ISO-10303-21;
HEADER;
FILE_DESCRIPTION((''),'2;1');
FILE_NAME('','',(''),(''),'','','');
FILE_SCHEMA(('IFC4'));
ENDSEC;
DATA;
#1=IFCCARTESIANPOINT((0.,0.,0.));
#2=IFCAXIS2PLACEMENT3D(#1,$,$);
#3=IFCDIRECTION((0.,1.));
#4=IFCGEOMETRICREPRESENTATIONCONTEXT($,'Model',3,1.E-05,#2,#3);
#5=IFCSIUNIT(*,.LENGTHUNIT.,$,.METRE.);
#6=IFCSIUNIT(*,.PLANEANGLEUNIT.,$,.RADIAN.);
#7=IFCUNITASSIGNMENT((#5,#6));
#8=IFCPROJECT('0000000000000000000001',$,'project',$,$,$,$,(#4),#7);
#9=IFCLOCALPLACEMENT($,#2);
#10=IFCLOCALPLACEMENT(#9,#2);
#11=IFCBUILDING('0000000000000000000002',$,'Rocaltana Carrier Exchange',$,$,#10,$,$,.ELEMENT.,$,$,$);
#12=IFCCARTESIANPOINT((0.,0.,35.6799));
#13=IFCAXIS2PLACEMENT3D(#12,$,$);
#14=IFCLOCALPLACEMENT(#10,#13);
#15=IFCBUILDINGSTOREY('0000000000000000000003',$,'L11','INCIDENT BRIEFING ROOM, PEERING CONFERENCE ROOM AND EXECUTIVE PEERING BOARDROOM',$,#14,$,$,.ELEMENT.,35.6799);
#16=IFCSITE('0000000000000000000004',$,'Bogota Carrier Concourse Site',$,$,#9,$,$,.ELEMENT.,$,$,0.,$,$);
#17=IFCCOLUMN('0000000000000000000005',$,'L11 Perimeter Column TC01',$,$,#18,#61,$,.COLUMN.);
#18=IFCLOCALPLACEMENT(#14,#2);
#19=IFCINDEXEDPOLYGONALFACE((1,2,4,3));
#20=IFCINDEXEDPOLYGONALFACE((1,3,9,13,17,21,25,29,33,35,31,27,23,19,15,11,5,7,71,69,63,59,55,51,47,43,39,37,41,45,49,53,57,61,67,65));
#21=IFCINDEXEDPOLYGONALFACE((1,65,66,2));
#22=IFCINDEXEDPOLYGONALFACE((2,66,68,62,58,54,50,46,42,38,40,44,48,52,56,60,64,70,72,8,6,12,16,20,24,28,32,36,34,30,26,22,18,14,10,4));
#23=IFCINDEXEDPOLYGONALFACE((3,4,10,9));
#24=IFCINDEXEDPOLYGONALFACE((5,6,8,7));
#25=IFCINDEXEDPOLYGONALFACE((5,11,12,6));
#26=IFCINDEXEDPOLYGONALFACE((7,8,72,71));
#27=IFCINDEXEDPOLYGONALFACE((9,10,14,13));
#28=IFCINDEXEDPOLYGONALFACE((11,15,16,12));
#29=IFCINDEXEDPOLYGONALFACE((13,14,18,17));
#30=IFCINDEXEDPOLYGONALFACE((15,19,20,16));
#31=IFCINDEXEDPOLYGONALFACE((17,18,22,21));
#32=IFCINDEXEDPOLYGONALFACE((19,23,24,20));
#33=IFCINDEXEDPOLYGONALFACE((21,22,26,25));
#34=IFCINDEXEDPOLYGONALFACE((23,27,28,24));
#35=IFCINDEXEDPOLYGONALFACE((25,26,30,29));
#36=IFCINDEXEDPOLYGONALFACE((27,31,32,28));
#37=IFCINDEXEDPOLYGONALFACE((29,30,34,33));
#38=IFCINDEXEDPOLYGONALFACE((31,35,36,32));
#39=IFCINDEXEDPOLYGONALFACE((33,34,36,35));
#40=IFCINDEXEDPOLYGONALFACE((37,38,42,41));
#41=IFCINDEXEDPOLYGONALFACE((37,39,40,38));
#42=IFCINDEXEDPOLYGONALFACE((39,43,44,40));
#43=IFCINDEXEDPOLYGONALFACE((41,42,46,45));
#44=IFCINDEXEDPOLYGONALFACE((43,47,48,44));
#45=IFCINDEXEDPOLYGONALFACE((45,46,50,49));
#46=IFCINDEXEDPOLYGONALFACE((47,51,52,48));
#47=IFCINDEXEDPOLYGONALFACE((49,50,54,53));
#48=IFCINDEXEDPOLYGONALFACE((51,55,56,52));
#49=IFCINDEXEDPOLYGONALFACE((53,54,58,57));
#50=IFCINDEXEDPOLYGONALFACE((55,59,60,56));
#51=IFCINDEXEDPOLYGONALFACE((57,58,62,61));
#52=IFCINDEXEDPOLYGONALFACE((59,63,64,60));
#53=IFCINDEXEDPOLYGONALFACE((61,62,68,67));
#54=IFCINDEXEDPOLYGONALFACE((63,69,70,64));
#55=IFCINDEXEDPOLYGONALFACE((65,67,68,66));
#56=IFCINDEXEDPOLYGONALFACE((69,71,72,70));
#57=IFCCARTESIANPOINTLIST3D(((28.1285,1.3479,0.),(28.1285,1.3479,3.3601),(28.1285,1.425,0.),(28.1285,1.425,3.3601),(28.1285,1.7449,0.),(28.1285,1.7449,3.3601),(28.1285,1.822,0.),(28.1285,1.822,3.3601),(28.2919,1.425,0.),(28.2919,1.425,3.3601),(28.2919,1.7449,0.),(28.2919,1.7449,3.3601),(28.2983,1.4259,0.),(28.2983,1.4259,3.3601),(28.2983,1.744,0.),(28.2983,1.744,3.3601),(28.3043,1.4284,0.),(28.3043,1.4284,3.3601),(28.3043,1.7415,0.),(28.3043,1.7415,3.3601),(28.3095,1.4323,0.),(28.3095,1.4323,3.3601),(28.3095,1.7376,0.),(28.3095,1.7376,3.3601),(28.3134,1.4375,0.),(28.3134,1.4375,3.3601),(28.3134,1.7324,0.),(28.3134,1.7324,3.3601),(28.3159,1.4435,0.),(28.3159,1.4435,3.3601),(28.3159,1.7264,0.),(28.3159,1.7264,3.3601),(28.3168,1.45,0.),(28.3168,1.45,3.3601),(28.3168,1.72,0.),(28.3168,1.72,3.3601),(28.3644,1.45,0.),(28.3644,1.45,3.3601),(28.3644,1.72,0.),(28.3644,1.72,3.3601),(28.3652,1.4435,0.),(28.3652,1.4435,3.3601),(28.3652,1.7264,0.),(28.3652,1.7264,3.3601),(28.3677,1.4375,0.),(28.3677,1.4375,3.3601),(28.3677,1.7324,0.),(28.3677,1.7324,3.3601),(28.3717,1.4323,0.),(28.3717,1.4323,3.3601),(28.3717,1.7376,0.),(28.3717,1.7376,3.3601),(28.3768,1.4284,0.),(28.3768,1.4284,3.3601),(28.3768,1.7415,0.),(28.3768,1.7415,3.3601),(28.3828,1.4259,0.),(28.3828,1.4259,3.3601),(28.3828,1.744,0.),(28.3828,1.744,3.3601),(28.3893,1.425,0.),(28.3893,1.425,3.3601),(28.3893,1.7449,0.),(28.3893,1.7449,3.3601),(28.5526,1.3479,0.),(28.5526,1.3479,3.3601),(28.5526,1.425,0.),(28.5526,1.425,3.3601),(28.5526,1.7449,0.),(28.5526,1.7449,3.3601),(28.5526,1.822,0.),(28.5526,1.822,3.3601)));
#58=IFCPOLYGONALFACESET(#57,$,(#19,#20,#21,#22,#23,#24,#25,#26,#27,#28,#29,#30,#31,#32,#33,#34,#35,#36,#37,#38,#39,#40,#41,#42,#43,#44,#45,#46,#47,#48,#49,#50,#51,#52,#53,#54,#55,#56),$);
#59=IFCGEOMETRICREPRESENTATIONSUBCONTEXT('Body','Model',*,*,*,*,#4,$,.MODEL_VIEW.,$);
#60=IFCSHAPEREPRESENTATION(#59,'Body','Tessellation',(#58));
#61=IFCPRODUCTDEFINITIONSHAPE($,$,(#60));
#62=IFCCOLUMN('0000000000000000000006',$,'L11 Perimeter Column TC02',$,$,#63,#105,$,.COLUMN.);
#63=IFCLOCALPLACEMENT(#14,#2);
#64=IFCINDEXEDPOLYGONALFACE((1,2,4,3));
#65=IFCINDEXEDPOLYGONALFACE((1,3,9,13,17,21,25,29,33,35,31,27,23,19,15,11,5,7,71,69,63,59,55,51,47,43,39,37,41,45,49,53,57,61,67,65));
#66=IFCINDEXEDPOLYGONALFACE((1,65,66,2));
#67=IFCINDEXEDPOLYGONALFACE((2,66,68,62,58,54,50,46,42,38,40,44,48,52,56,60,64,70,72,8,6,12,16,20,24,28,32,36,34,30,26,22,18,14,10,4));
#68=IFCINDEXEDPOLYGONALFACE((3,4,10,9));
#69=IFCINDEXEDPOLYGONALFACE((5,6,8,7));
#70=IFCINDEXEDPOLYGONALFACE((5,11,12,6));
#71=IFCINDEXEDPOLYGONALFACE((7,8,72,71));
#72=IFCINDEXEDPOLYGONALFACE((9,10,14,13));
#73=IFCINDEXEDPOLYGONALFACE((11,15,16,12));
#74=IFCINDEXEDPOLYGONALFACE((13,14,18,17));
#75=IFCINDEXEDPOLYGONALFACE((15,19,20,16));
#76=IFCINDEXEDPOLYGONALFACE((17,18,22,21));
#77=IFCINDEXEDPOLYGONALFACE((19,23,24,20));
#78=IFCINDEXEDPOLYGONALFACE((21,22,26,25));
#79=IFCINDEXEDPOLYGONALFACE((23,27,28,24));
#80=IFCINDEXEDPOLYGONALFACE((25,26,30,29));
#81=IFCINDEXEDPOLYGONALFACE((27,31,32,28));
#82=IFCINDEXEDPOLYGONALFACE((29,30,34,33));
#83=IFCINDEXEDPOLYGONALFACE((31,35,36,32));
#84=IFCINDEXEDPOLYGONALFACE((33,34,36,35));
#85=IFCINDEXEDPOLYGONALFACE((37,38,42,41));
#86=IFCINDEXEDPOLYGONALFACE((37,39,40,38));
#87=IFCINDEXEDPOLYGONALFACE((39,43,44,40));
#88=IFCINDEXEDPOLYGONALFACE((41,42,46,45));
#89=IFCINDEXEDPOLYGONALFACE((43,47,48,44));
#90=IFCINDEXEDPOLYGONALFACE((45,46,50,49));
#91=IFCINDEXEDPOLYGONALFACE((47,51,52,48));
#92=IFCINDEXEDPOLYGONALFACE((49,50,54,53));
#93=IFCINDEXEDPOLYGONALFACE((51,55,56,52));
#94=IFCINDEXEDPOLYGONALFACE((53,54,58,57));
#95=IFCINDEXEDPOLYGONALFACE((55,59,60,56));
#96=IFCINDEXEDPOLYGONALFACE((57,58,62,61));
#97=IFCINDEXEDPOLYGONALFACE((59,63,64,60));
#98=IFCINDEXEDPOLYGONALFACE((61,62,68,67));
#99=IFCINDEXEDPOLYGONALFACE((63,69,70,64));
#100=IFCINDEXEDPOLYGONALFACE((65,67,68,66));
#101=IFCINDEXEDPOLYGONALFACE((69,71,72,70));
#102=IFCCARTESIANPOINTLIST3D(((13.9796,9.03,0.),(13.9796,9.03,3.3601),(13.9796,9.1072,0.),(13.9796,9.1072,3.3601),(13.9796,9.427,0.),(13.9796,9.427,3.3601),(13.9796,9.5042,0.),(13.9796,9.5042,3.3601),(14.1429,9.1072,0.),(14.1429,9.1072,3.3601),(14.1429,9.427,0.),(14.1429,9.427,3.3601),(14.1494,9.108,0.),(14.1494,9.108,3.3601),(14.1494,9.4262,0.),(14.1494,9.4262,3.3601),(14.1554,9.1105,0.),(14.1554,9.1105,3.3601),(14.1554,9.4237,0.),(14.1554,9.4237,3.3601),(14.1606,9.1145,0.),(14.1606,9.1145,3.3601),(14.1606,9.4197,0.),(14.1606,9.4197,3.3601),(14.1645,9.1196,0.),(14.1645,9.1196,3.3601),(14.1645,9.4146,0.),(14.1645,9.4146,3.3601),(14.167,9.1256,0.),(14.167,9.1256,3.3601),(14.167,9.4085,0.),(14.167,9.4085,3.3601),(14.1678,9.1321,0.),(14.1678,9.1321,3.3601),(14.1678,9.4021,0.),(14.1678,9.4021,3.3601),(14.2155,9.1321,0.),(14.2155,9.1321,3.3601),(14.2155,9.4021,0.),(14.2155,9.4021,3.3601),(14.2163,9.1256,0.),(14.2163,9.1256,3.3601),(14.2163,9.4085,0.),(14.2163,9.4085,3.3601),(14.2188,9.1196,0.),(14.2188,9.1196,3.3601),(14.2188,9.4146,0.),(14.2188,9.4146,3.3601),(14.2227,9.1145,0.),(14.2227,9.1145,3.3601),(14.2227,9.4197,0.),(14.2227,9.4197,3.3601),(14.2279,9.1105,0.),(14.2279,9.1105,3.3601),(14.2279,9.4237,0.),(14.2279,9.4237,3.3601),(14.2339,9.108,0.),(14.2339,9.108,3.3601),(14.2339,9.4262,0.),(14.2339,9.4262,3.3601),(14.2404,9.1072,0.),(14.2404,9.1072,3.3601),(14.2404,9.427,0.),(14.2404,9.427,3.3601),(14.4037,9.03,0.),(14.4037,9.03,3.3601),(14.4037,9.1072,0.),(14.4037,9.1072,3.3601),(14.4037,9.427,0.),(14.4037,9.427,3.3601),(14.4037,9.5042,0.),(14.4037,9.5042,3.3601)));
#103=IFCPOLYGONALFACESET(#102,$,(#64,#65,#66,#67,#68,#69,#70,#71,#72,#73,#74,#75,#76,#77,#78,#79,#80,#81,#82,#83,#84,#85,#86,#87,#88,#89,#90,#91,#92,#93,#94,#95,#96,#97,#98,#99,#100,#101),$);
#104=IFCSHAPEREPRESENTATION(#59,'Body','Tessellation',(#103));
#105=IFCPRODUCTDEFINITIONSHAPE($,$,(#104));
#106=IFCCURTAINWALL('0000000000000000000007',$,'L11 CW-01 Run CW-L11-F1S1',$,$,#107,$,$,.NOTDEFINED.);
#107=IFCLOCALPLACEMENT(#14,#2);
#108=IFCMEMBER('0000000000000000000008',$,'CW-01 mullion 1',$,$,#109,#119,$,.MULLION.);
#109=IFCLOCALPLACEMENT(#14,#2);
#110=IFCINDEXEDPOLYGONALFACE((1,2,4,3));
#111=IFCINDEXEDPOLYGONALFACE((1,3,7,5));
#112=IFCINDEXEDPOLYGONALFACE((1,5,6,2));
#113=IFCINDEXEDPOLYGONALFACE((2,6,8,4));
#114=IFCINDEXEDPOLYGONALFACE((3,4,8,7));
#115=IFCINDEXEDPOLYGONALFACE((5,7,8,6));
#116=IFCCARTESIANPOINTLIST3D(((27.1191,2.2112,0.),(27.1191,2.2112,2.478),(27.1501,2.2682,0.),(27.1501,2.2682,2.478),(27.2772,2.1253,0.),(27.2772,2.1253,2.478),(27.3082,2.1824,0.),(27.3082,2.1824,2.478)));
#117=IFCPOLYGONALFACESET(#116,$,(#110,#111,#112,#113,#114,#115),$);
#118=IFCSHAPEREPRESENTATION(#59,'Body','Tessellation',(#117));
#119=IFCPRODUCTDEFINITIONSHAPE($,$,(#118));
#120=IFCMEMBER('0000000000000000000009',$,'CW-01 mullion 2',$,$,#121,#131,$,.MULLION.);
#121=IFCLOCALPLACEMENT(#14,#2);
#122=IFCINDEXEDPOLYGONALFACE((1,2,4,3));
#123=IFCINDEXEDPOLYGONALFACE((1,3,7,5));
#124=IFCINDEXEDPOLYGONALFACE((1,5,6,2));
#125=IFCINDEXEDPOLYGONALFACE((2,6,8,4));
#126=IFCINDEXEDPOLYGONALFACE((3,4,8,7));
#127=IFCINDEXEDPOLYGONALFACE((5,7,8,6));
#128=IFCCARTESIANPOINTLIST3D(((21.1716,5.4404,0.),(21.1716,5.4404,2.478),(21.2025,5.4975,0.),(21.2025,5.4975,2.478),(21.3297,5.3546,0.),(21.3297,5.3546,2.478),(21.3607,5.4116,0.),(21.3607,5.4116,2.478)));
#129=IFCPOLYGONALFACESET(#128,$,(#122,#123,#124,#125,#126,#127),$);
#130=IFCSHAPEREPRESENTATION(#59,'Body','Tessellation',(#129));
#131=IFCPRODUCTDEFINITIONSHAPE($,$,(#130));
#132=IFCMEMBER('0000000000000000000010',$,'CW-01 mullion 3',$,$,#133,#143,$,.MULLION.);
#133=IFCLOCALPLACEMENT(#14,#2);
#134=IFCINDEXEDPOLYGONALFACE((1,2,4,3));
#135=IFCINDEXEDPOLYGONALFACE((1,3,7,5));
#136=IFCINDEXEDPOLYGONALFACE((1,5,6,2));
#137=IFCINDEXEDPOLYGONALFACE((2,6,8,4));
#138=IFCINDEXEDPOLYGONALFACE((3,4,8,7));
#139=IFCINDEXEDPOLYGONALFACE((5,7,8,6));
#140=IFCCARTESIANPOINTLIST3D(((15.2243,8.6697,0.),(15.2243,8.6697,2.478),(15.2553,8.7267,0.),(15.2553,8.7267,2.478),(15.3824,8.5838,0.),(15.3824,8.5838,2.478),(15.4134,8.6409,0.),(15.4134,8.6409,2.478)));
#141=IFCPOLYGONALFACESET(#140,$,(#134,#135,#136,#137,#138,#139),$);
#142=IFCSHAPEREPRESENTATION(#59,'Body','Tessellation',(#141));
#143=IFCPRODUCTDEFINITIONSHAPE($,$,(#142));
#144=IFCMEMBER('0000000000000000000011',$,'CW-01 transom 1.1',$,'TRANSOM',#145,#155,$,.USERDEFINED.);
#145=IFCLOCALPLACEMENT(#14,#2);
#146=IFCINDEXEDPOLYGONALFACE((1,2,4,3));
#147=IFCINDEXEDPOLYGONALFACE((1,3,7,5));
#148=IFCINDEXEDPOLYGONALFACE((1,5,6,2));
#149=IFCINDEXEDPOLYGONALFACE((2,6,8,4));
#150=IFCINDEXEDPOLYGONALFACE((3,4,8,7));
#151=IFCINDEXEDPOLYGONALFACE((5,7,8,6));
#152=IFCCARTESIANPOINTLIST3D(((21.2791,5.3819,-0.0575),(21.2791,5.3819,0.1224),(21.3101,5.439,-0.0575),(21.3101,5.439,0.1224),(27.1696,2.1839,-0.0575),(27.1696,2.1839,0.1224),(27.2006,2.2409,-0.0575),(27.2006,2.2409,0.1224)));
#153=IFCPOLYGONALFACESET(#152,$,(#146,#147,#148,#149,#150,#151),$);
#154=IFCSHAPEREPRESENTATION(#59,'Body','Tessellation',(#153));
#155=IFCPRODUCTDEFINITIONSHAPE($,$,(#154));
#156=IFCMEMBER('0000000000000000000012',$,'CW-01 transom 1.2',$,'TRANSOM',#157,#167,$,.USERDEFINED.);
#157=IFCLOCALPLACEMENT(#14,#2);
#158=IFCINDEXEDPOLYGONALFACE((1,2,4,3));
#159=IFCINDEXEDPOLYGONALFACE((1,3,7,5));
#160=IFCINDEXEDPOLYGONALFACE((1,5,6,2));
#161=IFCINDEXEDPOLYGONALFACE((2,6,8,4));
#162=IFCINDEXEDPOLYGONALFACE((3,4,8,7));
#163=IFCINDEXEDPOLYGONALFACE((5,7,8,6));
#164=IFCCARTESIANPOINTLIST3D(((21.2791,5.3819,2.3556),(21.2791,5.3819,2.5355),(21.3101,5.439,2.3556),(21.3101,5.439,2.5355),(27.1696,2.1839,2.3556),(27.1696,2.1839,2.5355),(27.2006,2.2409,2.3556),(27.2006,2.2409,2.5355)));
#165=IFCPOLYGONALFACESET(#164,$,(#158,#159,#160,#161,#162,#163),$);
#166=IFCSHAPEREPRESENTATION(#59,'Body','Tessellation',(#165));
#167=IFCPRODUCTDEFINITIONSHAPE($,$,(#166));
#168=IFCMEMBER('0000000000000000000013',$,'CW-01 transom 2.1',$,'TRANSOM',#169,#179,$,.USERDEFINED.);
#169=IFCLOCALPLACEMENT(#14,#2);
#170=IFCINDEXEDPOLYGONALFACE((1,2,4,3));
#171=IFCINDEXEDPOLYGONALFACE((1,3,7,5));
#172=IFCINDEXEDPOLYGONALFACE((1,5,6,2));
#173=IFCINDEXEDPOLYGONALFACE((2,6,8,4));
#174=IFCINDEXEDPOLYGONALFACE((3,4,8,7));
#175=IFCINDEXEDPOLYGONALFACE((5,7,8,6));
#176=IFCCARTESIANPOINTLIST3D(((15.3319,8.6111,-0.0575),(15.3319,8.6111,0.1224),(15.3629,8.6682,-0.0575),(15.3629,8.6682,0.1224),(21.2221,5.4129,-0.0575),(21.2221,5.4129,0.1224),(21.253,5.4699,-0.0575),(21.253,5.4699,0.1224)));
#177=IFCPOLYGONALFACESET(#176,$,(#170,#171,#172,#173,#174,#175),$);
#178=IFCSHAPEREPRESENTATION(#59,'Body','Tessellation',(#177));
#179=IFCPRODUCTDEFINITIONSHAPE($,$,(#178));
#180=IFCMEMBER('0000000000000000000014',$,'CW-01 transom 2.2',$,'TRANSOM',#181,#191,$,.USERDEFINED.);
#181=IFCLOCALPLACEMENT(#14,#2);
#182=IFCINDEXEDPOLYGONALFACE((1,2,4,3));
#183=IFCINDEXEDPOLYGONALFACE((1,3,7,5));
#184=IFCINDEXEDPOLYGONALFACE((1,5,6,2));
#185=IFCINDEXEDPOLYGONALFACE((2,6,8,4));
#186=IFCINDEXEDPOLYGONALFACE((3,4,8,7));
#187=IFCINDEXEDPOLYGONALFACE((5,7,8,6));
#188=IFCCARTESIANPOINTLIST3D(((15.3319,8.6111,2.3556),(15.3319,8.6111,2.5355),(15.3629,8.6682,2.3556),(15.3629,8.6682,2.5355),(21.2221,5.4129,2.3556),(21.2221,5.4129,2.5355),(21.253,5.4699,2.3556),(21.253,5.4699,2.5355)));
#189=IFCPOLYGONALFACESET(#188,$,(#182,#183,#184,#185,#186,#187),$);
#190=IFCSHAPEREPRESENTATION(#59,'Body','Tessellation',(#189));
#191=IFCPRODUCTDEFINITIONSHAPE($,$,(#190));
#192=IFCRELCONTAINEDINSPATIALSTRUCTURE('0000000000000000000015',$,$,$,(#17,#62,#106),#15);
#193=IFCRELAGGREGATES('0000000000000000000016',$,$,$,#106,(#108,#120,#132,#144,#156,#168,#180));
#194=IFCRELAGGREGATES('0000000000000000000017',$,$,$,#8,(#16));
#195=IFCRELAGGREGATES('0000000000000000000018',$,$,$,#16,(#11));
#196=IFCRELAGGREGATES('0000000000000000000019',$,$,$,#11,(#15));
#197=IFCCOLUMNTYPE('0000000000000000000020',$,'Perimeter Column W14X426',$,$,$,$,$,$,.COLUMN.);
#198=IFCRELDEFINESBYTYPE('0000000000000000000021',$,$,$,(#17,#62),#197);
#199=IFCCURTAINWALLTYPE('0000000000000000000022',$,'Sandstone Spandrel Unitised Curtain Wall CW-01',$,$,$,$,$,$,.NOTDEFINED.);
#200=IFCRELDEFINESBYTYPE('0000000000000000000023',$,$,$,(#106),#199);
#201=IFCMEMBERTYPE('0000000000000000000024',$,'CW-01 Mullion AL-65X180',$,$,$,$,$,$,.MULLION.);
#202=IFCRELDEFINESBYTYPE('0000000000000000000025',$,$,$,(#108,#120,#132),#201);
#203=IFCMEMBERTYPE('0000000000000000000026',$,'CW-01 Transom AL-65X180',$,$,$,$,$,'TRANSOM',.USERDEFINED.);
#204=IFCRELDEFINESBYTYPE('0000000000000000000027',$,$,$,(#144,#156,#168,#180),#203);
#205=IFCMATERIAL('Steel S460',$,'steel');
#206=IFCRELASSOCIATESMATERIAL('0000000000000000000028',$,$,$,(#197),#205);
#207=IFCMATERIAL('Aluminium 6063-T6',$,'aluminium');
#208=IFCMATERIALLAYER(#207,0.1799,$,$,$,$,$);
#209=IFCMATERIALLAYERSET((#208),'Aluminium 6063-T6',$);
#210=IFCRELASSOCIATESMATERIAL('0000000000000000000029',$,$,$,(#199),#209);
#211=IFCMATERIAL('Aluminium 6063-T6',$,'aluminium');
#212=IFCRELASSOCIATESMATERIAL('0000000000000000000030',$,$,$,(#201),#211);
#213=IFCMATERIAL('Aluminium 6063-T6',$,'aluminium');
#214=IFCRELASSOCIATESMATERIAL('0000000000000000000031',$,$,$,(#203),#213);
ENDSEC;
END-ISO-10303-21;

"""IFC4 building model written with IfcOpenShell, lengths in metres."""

from ifc_helpers import new_model, si_unit, direction, frame, origin, origin_2d, place, context, subcontext, project, spatial, rectangle, i_section, extrude, material, layer, layer_set, material_profile, profile_set, type_object, element, aggregate, save


model = new_model("IFC4")

# Units and contexts
model_context = context("Model", 3, precision=1e-05, world=origin(), true_north=direction((0.0, 1.0)))
body_context = subcontext(model_context, "Body", "Model", "MODEL_VIEW")
ifc_project = project(units=[si_unit("LENGTHUNIT", "METRE"), si_unit("PLANEANGLEUNIT", "RADIAN")], contexts=[model_context])

# Site, building, storey
site_placement = place(None, origin())
site = spatial("IfcSite", under=ifc_project, at=site_placement, Name="Bogota Carrier Concourse Site", CompositionType="ELEMENT", RefElevation=0.0)
building_placement = place(site_placement, origin())
building = spatial("IfcBuilding", under=site, at=building_placement, Name="Rocaltana Carrier Exchange", CompositionType="ELEMENT")
storey_placement = place(building_placement, frame((0.0, 0.0, 35.6799)))
storey = spatial("IfcBuildingStorey", under=building, at=storey_placement, Name="L11", Description="INCIDENT BRIEFING ROOM, PEERING CONFERENCE ROOM AND EXECUTIVE PEERING BOARDROOM", CompositionType="ELEMENT", Elevation=35.6799)

# Columns
ifc_material_1 = material(Name="Steel S460", Category="steel")
ifc_material_profile_1 = material_profile(ifc_material_1, i_section(OverallWidth=0.4241, OverallDepth=0.4741, WebThickness=0.0476, FlangeThickness=0.0771, FilletRadius=0.0249, at=origin_2d()), Name="W14X426")
ifc_profile_set_1 = profile_set([ifc_material_profile_1], Name="Steel S460")
column_type = type_object("IfcColumnType", Name="Perimeter Column W14X426", PredefinedType="COLUMN", material=ifc_profile_set_1)
for number, where, z_axis, x_axis, name in (
    (1, (28.3406, 1.585, 0.0), (0.0, 0.0, 1.0), (1.0, 0.0, 0.0), "L11 Perimeter Column TC01"),
    (2, (14.1917, 9.2671, 0.0), (0.0, 0.0, 1.0), (1.0, 0.0, 0.0), "L11 Perimeter Column TC02"),
):
    element("IfcColumn", number, at=place(storey_placement, frame(where, z_axis=z_axis, x_axis=x_axis)), inside=storey, type_object=column_type, Name=name, PredefinedType="COLUMN", context=body_context, shape_type="SweptSolid", body=[
        extrude(i_section(OverallWidth=0.4241, OverallDepth=0.4741, WebThickness=0.0476, FlangeThickness=0.0771, FilletRadius=0.0249, at=origin_2d()), origin(), (0.0, 0.0, 1.0), 3.3601),
    ])

# Curtain wall, members
ifc_material_2 = material(Name="Aluminium 6063-T6", Category="aluminium")
ifc_layer_1 = layer(ifc_material_2, 0.1799)
ifc_layer_set_1 = layer_set([ifc_layer_1], Name="Aluminium 6063-T6")
curtain_wall_type = type_object("IfcCurtainWallType", Name="Sandstone Spandrel Unitised Curtain Wall CW-01", PredefinedType="NOTDEFINED", material=ifc_layer_set_1)
curtain_wall_placement = place(storey_placement, origin())
curtain_wall = element("IfcCurtainWall", 3, at=curtain_wall_placement, inside=storey, type_object=curtain_wall_type, Name="L11 CW-01 Run CW-L11-F1S1", PredefinedType="NOTDEFINED")
ifc_material_3 = material(Name="Aluminium 6063-T6", Category="aluminium")
ifc_material_profile_2 = material_profile(ifc_material_3, rectangle(XDim=0.0649, YDim=0.1799, at=origin_2d()), Name="AL-65X180")
ifc_profile_set_2 = profile_set([ifc_material_profile_2], Name="Aluminium 6063-T6")
member_type_1 = type_object("IfcMemberType", Name="CW-01 Mullion AL-65X180", PredefinedType="MULLION", material=ifc_profile_set_2)
member_1_placement = place(storey_placement, frame((27.2136, 2.1968, 0.0), z_axis=(0.0, 0.0, 1.0), x_axis=(-0.477161, -0.878816, 0.0)))
member_1 = element("IfcMember", 4, at=member_1_placement, type_object=member_type_1, Name="CW-01 mullion 1", PredefinedType="MULLION", context=body_context, shape_type="SweptSolid", body=[
    extrude(rectangle(XDim=0.0649, YDim=0.1799, at=origin_2d()), origin(), (0.0, 0.0, 1.0), 2.478),
])
member_2_placement = place(storey_placement, frame((21.2661, 5.426, 0.0), z_axis=(0.0, 0.0, 1.0), x_axis=(-0.477161, -0.878816, 0.0)))
member_2 = element("IfcMember", 5, at=member_2_placement, type_object=member_type_1, Name="CW-01 mullion 2", PredefinedType="MULLION", context=body_context, shape_type="SweptSolid", body=[
    extrude(rectangle(XDim=0.0649, YDim=0.1799, at=origin_2d()), origin(), (0.0, 0.0, 1.0), 2.478),
])
member_3_placement = place(storey_placement, frame((15.3188, 8.6553, 0.0), z_axis=(0.0, 0.0, 1.0), x_axis=(-0.477161, -0.878816, 0.0)))
member_3 = element("IfcMember", 6, at=member_3_placement, type_object=member_type_1, Name="CW-01 mullion 3", PredefinedType="MULLION", context=body_context, shape_type="SweptSolid", body=[
    extrude(rectangle(XDim=0.0649, YDim=0.1799, at=origin_2d()), origin(), (0.0, 0.0, 1.0), 2.478),
])
ifc_material_4 = material(Name="Aluminium 6063-T6", Category="aluminium")
ifc_material_profile_3 = material_profile(ifc_material_4, rectangle(XDim=0.0649, YDim=0.1799, at=origin_2d()), Name="AL-65X180")
ifc_profile_set_3 = profile_set([ifc_material_profile_3], Name="Aluminium 6063-T6")
member_type_2 = type_object("IfcMemberType", Name="CW-01 Transom AL-65X180", ElementType="TRANSOM", PredefinedType="USERDEFINED", material=ifc_profile_set_3)
member_4_placement = place(storey_placement, frame((27.1851, 2.2124, 0.0325), z_axis=(-0.878831, 0.477134, 0.0), x_axis=(-0.477134, -0.878831, 0.0)))
member_4 = element("IfcMember", 7, at=member_4_placement, type_object=member_type_2, Name="CW-01 transom 1.1", ObjectType="TRANSOM", PredefinedType="USERDEFINED", context=body_context, shape_type="SweptSolid", body=[
    extrude(rectangle(XDim=0.0649, YDim=0.1799, at=origin_2d()), origin(), (0.0, 0.0, 1.0), 6.7026),
])
member_5_placement = place(storey_placement, frame((27.1851, 2.2124, 2.4456), z_axis=(-0.878831, 0.477134, 0.0), x_axis=(-0.477134, -0.878831, 0.0)))
member_5 = element("IfcMember", 8, at=member_5_placement, type_object=member_type_2, Name="CW-01 transom 1.2", ObjectType="TRANSOM", PredefinedType="USERDEFINED", context=body_context, shape_type="SweptSolid", body=[
    extrude(rectangle(XDim=0.0649, YDim=0.1799, at=origin_2d()), origin(), (0.0, 0.0, 1.0), 6.7026),
])
member_6_placement = place(storey_placement, frame((21.2375, 5.4414, 0.0325), z_axis=(-0.878807, 0.477177, 0.0), x_axis=(-0.477177, -0.878807, 0.0)))
member_6 = element("IfcMember", 9, at=member_6_placement, type_object=member_type_2, Name="CW-01 transom 2.1", ObjectType="TRANSOM", PredefinedType="USERDEFINED", context=body_context, shape_type="SweptSolid", body=[
    extrude(rectangle(XDim=0.0649, YDim=0.1799, at=origin_2d()), origin(), (0.0, 0.0, 1.0), 6.7024),
])
member_7_placement = place(storey_placement, frame((21.2375, 5.4414, 2.4456), z_axis=(-0.878807, 0.477177, 0.0), x_axis=(-0.477177, -0.878807, 0.0)))
member_7 = element("IfcMember", 10, at=member_7_placement, type_object=member_type_2, Name="CW-01 transom 2.2", ObjectType="TRANSOM", PredefinedType="USERDEFINED", context=body_context, shape_type="SweptSolid", body=[
    extrude(rectangle(XDim=0.0649, YDim=0.1799, at=origin_2d()), origin(), (0.0, 0.0, 1.0), 6.7024),
])

aggregate(curtain_wall, [member_1, member_2, member_3, member_4, member_5, member_6, member_7])

save(model, "model.ifc")
